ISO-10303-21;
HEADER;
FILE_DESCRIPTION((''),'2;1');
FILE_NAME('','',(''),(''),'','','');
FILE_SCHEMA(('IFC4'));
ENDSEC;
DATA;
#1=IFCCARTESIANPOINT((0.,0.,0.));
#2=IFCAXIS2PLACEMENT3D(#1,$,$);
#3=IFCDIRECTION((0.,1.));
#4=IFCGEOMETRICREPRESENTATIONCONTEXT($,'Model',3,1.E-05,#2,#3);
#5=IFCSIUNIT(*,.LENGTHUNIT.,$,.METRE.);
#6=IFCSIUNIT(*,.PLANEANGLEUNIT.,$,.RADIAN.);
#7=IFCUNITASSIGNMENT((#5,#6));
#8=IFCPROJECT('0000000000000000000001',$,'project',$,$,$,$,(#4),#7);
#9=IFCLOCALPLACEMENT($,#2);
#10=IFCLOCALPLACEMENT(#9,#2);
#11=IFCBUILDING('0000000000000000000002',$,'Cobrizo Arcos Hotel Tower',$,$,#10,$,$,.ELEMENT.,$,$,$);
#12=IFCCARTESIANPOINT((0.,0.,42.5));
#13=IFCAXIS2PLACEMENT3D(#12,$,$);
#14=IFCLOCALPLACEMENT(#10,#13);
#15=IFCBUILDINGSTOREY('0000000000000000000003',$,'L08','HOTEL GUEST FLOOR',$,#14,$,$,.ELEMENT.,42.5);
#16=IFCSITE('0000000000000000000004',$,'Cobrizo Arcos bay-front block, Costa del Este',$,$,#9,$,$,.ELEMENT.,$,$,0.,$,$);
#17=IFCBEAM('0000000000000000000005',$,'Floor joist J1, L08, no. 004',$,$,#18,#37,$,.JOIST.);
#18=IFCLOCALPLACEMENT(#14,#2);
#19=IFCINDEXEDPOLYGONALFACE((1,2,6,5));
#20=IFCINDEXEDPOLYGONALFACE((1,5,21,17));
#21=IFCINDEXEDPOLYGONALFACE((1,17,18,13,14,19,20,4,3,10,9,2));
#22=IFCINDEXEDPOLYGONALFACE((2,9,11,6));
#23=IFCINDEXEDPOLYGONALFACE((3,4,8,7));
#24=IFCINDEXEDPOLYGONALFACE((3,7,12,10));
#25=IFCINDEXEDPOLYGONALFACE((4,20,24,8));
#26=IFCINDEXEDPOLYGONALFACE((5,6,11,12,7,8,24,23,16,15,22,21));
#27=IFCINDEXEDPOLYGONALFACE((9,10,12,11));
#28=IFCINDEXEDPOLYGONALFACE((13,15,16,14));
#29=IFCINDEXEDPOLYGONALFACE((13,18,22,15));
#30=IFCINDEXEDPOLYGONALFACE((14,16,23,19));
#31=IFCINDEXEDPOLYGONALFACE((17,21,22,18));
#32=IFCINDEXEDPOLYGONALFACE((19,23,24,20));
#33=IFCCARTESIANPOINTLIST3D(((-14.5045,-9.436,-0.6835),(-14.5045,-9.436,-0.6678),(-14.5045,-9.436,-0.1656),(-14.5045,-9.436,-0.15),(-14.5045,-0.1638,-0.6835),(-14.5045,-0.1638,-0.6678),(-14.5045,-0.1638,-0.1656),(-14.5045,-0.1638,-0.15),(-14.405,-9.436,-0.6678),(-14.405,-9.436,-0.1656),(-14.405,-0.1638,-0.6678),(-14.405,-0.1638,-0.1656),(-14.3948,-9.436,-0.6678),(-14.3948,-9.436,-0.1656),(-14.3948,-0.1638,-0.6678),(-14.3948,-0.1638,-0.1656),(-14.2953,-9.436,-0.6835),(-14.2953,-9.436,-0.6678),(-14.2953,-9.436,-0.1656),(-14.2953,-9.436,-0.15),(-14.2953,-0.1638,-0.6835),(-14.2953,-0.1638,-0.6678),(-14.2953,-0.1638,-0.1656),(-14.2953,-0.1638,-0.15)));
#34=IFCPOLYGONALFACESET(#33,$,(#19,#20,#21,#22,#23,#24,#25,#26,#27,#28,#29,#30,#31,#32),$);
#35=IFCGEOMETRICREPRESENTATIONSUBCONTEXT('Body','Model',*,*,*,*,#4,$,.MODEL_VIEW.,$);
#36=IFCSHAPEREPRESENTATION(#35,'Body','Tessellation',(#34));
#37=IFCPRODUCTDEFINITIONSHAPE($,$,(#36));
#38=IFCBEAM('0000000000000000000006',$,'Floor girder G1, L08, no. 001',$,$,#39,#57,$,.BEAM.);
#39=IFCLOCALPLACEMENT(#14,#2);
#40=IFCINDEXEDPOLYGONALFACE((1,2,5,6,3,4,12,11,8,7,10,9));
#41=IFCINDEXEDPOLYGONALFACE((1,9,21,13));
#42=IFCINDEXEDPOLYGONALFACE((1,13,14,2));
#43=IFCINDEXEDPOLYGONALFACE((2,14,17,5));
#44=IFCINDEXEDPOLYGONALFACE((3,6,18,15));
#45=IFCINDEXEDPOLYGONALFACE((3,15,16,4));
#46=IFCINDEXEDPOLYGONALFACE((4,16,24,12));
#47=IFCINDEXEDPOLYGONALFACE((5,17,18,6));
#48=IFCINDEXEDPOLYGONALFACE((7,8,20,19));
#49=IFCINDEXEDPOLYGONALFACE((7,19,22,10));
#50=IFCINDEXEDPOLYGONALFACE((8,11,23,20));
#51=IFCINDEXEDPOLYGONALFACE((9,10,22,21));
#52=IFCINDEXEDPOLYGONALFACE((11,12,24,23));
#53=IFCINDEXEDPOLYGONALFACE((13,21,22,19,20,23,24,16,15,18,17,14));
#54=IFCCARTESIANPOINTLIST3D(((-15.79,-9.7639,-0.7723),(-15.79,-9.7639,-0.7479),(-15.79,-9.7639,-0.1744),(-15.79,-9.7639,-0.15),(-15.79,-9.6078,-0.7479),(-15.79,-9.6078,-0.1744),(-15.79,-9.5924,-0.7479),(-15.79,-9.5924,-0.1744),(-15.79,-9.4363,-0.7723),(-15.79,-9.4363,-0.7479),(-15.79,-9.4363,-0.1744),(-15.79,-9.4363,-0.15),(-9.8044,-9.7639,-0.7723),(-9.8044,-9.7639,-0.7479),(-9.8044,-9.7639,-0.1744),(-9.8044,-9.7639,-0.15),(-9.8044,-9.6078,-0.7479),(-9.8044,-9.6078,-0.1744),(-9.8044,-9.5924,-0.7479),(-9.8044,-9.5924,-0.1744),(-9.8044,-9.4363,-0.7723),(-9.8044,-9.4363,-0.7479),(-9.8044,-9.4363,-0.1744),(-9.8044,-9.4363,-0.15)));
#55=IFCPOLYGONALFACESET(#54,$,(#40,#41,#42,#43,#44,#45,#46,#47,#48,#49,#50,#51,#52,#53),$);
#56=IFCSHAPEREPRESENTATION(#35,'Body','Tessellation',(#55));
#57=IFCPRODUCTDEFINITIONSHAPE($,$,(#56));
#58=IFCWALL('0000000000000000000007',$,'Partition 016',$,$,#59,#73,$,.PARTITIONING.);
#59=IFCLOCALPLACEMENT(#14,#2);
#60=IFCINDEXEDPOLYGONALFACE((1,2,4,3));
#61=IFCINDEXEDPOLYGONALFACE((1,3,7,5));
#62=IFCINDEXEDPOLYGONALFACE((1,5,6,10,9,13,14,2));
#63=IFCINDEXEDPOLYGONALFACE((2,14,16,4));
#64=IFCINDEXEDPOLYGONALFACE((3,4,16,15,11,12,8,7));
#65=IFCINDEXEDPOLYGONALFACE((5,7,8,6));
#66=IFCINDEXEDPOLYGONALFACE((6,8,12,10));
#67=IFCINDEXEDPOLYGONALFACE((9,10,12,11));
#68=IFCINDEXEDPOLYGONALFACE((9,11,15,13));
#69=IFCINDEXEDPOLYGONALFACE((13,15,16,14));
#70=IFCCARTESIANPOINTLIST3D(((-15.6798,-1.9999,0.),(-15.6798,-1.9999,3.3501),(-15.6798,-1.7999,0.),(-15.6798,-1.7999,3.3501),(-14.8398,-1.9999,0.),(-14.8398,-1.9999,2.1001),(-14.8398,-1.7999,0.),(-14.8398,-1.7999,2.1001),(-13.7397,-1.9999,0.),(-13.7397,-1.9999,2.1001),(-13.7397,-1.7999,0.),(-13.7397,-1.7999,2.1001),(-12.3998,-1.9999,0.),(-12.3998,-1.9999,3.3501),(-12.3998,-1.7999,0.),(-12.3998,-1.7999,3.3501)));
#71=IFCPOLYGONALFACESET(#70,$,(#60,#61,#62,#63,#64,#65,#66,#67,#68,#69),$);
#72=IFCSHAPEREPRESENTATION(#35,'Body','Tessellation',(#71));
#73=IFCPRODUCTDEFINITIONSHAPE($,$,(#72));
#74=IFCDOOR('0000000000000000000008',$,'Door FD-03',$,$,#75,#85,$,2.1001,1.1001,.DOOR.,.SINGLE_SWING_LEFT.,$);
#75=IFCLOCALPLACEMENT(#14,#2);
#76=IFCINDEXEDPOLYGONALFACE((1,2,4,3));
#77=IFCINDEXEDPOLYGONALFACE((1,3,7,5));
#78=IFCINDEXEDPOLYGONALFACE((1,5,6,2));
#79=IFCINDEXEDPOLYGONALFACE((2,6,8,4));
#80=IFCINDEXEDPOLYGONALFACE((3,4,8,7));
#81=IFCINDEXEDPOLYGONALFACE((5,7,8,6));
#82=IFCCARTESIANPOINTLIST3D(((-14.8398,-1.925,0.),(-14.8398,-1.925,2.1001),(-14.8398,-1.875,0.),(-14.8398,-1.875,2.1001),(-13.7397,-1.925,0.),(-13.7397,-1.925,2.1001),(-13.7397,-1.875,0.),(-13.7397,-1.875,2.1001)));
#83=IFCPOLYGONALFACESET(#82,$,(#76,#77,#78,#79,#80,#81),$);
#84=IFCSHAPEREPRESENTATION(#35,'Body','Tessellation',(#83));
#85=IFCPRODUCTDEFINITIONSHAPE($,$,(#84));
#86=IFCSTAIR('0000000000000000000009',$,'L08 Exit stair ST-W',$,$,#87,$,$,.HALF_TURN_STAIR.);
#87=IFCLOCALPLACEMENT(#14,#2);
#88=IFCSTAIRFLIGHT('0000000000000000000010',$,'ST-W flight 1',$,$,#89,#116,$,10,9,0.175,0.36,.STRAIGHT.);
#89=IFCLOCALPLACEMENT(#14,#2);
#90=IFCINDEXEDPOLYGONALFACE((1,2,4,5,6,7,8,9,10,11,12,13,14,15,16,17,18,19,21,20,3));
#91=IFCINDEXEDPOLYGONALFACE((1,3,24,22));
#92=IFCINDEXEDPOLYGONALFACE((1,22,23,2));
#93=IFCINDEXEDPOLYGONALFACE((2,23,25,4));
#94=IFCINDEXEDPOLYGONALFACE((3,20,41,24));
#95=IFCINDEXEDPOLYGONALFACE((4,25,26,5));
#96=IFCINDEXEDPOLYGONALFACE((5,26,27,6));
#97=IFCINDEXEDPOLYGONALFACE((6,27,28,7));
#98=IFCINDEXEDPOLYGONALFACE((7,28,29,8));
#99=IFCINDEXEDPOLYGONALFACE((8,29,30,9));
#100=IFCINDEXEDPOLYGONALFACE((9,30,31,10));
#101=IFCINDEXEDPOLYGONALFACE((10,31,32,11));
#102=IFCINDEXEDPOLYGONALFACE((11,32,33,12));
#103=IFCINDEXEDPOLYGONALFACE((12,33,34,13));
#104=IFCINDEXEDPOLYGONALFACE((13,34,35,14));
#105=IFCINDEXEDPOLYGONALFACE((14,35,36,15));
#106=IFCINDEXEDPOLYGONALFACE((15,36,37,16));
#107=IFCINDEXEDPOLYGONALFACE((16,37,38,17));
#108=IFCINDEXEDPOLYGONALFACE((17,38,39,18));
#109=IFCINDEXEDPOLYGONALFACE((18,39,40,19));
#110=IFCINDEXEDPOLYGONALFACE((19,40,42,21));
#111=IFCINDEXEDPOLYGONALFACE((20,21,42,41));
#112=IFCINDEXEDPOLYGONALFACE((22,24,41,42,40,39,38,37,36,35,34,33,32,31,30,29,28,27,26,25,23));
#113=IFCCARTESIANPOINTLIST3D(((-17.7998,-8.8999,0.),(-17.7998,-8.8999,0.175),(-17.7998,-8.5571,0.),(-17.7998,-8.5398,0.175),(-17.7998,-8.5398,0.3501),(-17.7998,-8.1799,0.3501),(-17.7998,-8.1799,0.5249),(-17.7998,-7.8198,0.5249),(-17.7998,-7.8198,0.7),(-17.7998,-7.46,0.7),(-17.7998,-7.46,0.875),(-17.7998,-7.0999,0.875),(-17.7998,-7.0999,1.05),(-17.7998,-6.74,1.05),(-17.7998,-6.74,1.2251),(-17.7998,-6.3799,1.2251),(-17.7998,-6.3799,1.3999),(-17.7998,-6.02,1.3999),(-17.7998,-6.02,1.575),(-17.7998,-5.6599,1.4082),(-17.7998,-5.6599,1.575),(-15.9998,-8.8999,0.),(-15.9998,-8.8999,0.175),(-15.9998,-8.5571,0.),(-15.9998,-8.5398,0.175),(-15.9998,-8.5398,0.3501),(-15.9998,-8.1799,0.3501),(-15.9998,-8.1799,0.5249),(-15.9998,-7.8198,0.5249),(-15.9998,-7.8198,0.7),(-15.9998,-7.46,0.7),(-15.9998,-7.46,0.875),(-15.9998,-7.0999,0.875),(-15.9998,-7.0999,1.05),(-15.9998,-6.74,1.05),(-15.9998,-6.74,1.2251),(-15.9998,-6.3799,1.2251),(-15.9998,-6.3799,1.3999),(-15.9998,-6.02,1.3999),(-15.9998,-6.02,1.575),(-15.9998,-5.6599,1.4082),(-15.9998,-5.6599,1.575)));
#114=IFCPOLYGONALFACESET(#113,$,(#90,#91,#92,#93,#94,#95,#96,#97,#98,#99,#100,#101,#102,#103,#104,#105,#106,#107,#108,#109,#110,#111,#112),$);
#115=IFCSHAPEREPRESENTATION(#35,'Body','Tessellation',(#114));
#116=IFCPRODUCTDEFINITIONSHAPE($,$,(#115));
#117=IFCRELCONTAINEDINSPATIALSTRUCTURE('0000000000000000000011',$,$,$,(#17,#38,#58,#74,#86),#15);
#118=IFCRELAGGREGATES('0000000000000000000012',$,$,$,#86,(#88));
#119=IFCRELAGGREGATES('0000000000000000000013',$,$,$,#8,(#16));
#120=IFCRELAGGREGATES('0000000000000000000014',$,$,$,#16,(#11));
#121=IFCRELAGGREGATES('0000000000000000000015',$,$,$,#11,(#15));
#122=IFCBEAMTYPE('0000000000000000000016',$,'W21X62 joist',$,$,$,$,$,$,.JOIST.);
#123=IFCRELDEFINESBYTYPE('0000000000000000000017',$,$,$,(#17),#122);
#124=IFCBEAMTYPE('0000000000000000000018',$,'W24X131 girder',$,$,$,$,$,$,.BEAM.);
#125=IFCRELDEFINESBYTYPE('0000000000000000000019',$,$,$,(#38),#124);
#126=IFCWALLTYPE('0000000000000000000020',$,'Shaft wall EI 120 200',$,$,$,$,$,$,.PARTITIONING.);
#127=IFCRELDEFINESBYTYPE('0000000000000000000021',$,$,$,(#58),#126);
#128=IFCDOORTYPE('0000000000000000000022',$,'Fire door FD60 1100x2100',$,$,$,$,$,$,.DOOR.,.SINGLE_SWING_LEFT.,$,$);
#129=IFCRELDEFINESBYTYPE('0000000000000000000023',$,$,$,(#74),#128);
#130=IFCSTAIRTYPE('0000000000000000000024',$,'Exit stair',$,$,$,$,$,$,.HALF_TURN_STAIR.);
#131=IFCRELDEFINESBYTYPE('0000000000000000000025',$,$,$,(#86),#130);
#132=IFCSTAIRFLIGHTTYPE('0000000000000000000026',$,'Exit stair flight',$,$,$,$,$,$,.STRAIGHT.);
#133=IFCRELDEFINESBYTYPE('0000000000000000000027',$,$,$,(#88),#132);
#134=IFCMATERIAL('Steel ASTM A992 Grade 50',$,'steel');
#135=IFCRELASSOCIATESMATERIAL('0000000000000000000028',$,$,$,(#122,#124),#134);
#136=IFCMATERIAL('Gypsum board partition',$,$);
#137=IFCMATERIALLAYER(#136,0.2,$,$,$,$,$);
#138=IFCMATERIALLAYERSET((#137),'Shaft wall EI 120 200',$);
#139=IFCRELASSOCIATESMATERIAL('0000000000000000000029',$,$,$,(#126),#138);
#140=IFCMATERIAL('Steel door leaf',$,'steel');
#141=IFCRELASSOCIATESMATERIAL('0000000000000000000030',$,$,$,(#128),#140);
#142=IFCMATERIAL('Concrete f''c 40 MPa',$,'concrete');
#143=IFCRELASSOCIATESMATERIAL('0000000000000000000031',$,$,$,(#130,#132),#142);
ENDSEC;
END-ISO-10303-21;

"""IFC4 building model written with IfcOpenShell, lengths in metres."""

from ifc_helpers import new_model, si_unit, direction, frame, frame_2d, origin, origin_2d, place, context, subcontext, project, spatial, polyline, rectangle, i_section, outline, extrude, material, layer, layer_set, material_profile, profile_set, type_object, element, fill, aggregate, save


model = new_model("IFC4")

# Units and contexts
model_context = context("Model", 3, precision=1e-05, world=origin(), true_north=direction((0.0, 1.0)))
body_context = subcontext(model_context, "Body", "Model", "MODEL_VIEW")
ifc_project = project(units=[si_unit("LENGTHUNIT", "METRE"), si_unit("PLANEANGLEUNIT", "RADIAN")], contexts=[model_context])

# Site, building, storey
site_placement = place(None, origin())
site = spatial("IfcSite", under=ifc_project, at=site_placement, Name="Cobrizo Arcos bay-front block, Costa del Este", CompositionType="ELEMENT", RefElevation=0.0)
building_placement = place(site_placement, origin())
building = spatial("IfcBuilding", under=site, at=building_placement, Name="Cobrizo Arcos Hotel Tower", CompositionType="ELEMENT")
storey_placement = place(building_placement, frame((0.0, 0.0, 42.5)))
storey = spatial("IfcBuildingStorey", under=building, at=storey_placement, Name="L08", Description="HOTEL GUEST FLOOR", CompositionType="ELEMENT", Elevation=42.5)

# Beams
ifc_material_1 = material(Name="Steel ASTM A992 Grade 50", Category="steel")
ifc_material_profile_1 = material_profile(ifc_material_1, i_section(OverallWidth=0.2092, OverallDepth=0.5334, WebThickness=0.0103, FlangeThickness=0.0156, at=origin_2d()), Name="W21X62")
ifc_profile_set_1 = profile_set([ifc_material_profile_1], Name="Steel ASTM A992 Grade 50")
beam_type_1 = type_object("IfcBeamType", Name="W21X62 joist", PredefinedType="JOIST", material=ifc_profile_set_1)
beam_1_placement = place(storey_placement, frame((-14.3999, -9.436, -0.4167), z_axis=(0.0, 1.0, 0.0), x_axis=(-1.0, 0.0, 0.0)))
element("IfcBeam", 1, at=beam_1_placement, inside=storey, type_object=beam_type_1, Name="Floor joist J1, L08, no. 004", PredefinedType="JOIST", context=body_context, shape_type="SweptSolid", body=[
    extrude(i_section(OverallWidth=0.2092, OverallDepth=0.5334, WebThickness=0.0103, FlangeThickness=0.0156, at=origin_2d()), origin(), (0.0, 0.0, 1.0), 9.2722),
])
ifc_material_profile_2 = material_profile(ifc_material_1, i_section(OverallWidth=0.3276, OverallDepth=0.6223, WebThickness=0.0154, FlangeThickness=0.0244, at=origin_2d()), Name="W24X131")
ifc_profile_set_2 = profile_set([ifc_material_profile_2], Name="Steel ASTM A992 Grade 50")
beam_type_2 = type_object("IfcBeamType", Name="W24X131 girder", PredefinedType="BEAM", material=ifc_profile_set_2)
beam_2_placement = place(storey_placement, frame((-15.79, -9.6001, -0.4612), z_axis=(1.0, 0.0, 0.0), x_axis=(0.0, 1.0, 0.0)))
element("IfcBeam", 2, at=beam_2_placement, inside=storey, type_object=beam_type_2, Name="Floor girder G1, L08, no. 001", PredefinedType="BEAM", context=body_context, shape_type="SweptSolid", body=[
    extrude(i_section(OverallWidth=0.3276, OverallDepth=0.6223, WebThickness=0.0154, FlangeThickness=0.0244, at=origin_2d()), origin(), (0.0, 0.0, 1.0), 5.9856),
])

# Wall, opening, door
ifc_material_2 = material(Name="Gypsum board partition")
ifc_layer = layer(ifc_material_2, 0.2)
ifc_layer_set = layer_set([ifc_layer], Name="Shaft wall EI 120 200")
wall_type = type_object("IfcWallType", Name="Shaft wall EI 120 200", PredefinedType="PARTITIONING", material=ifc_layer_set)
wall_placement = place(storey_placement, frame((-15.6799, -1.8999, 0.0), z_axis=(0.0, 0.0, 1.0), x_axis=(1.0, 0.0, 0.0)))
wall = element("IfcWall", 3, at=wall_placement, inside=storey, type_object=wall_type, Name="Partition 016", PredefinedType="PARTITIONING", context=body_context, shape_type="SweptSolid", body=[
    extrude(rectangle(XDim=3.28, YDim=0.2, at=frame_2d((1.6401, 0.0))), origin(), (0.0, 0.0, 1.0), 3.3501),
])
opening_placement = place(wall_placement, frame((0.8401, 0.0, 0.0)))
opening = element("IfcOpeningElement", 4, at=opening_placement, cuts=wall, PredefinedType="OPENING", context=body_context, shape_type="SweptSolid", body=[
    extrude(rectangle(XDim=1.1001, YDim=2.1001, at=frame_2d((0.55, 1.05))), frame((0.0, 0.1121, 0.0), z_axis=(0.0, -1.0, 0.0), x_axis=(1.0, 0.0, 0.0)), (0.0, 0.0, 1.0), 0.2239),
])
ifc_material_3 = material(Name="Steel door leaf", Category="steel")
door_type = type_object("IfcDoorType", Name="Fire door FD60 1100x2100", OperationType="SINGLE_SWING_LEFT", PredefinedType="DOOR", material=ifc_material_3)
door_placement = place(opening_placement, origin())
door = element("IfcDoor", 5, at=door_placement, inside=storey, type_object=door_type, Name="Door FD-03", OperationType="SINGLE_SWING_LEFT", OverallHeight=2.1001, OverallWidth=1.1001, PredefinedType="DOOR", context=body_context, shape_type="SweptSolid", body=[
    extrude(rectangle(XDim=1.1001, YDim=2.1001, at=frame_2d((0.55, 1.05))), frame((0.0, 0.0249, 0.0), z_axis=(0.0, -1.0, 0.0), x_axis=(1.0, 0.0, 0.0)), (0.0, 0.0, 1.0), 0.05),
])
fill(opening, door)

# Stair, stair flight
ifc_material_4 = material(Name="Concrete f'c 40 MPa", Category="concrete")
stair_type = type_object("IfcStairType", Name="Exit stair", PredefinedType="HALF_TURN_STAIR", material=ifc_material_4)
stair_placement = place(storey_placement, origin())
stair = element("IfcStair", 6, at=stair_placement, inside=storey, type_object=stair_type, Name="L08 Exit stair ST-W", PredefinedType="HALF_TURN_STAIR")
stair_flight_type = type_object("IfcStairFlightType", Name="Exit stair flight", PredefinedType="STRAIGHT", material=ifc_material_4)
stair_flight_placement = place(storey_placement, frame((-16.8999, -8.8999, 0.0), z_axis=(0.0, 0.0, 1.0), x_axis=(0.0, 1.0, 0.0)))
stair_flight = element("IfcStairFlight", 7, at=stair_flight_placement, type_object=stair_flight_type, Name="ST-W flight 1", NumberOfRisers=10, NumberOfTreads=9, PredefinedType="STRAIGHT", RiserHeight=0.175, TreadLength=0.36, context=body_context, shape_type="SweptSolid", body=[
    extrude(outline(polyline([(0.0, 0.0), (0.0, 0.175), (0.3601, 0.175), (0.3601, 0.3501), (0.72, 0.3501), (0.72, 0.5249), (1.0801, 0.5249), (1.0801, 0.7), (1.4399, 0.7), (1.4399, 0.875), (1.8, 0.875), (1.8, 1.05), (2.1599, 1.05), (2.1599, 1.2251), (2.52, 1.2251), (2.52, 1.3999), (2.8799, 1.3999), (2.8799, 1.575), (3.24, 1.575), (3.24, 1.75), (3.24, 1.4082), (0.3428, 0.0), (0.0, 0.0)])), frame((0.0, 0.8999, 0.0), z_axis=(0.0, -1.0, 0.0), x_axis=(1.0, 0.0, 0.0)), (0.0, 0.0, 1.0), 1.8),
])
aggregate(stair, [stair_flight])

save(model, "model.ifc")
